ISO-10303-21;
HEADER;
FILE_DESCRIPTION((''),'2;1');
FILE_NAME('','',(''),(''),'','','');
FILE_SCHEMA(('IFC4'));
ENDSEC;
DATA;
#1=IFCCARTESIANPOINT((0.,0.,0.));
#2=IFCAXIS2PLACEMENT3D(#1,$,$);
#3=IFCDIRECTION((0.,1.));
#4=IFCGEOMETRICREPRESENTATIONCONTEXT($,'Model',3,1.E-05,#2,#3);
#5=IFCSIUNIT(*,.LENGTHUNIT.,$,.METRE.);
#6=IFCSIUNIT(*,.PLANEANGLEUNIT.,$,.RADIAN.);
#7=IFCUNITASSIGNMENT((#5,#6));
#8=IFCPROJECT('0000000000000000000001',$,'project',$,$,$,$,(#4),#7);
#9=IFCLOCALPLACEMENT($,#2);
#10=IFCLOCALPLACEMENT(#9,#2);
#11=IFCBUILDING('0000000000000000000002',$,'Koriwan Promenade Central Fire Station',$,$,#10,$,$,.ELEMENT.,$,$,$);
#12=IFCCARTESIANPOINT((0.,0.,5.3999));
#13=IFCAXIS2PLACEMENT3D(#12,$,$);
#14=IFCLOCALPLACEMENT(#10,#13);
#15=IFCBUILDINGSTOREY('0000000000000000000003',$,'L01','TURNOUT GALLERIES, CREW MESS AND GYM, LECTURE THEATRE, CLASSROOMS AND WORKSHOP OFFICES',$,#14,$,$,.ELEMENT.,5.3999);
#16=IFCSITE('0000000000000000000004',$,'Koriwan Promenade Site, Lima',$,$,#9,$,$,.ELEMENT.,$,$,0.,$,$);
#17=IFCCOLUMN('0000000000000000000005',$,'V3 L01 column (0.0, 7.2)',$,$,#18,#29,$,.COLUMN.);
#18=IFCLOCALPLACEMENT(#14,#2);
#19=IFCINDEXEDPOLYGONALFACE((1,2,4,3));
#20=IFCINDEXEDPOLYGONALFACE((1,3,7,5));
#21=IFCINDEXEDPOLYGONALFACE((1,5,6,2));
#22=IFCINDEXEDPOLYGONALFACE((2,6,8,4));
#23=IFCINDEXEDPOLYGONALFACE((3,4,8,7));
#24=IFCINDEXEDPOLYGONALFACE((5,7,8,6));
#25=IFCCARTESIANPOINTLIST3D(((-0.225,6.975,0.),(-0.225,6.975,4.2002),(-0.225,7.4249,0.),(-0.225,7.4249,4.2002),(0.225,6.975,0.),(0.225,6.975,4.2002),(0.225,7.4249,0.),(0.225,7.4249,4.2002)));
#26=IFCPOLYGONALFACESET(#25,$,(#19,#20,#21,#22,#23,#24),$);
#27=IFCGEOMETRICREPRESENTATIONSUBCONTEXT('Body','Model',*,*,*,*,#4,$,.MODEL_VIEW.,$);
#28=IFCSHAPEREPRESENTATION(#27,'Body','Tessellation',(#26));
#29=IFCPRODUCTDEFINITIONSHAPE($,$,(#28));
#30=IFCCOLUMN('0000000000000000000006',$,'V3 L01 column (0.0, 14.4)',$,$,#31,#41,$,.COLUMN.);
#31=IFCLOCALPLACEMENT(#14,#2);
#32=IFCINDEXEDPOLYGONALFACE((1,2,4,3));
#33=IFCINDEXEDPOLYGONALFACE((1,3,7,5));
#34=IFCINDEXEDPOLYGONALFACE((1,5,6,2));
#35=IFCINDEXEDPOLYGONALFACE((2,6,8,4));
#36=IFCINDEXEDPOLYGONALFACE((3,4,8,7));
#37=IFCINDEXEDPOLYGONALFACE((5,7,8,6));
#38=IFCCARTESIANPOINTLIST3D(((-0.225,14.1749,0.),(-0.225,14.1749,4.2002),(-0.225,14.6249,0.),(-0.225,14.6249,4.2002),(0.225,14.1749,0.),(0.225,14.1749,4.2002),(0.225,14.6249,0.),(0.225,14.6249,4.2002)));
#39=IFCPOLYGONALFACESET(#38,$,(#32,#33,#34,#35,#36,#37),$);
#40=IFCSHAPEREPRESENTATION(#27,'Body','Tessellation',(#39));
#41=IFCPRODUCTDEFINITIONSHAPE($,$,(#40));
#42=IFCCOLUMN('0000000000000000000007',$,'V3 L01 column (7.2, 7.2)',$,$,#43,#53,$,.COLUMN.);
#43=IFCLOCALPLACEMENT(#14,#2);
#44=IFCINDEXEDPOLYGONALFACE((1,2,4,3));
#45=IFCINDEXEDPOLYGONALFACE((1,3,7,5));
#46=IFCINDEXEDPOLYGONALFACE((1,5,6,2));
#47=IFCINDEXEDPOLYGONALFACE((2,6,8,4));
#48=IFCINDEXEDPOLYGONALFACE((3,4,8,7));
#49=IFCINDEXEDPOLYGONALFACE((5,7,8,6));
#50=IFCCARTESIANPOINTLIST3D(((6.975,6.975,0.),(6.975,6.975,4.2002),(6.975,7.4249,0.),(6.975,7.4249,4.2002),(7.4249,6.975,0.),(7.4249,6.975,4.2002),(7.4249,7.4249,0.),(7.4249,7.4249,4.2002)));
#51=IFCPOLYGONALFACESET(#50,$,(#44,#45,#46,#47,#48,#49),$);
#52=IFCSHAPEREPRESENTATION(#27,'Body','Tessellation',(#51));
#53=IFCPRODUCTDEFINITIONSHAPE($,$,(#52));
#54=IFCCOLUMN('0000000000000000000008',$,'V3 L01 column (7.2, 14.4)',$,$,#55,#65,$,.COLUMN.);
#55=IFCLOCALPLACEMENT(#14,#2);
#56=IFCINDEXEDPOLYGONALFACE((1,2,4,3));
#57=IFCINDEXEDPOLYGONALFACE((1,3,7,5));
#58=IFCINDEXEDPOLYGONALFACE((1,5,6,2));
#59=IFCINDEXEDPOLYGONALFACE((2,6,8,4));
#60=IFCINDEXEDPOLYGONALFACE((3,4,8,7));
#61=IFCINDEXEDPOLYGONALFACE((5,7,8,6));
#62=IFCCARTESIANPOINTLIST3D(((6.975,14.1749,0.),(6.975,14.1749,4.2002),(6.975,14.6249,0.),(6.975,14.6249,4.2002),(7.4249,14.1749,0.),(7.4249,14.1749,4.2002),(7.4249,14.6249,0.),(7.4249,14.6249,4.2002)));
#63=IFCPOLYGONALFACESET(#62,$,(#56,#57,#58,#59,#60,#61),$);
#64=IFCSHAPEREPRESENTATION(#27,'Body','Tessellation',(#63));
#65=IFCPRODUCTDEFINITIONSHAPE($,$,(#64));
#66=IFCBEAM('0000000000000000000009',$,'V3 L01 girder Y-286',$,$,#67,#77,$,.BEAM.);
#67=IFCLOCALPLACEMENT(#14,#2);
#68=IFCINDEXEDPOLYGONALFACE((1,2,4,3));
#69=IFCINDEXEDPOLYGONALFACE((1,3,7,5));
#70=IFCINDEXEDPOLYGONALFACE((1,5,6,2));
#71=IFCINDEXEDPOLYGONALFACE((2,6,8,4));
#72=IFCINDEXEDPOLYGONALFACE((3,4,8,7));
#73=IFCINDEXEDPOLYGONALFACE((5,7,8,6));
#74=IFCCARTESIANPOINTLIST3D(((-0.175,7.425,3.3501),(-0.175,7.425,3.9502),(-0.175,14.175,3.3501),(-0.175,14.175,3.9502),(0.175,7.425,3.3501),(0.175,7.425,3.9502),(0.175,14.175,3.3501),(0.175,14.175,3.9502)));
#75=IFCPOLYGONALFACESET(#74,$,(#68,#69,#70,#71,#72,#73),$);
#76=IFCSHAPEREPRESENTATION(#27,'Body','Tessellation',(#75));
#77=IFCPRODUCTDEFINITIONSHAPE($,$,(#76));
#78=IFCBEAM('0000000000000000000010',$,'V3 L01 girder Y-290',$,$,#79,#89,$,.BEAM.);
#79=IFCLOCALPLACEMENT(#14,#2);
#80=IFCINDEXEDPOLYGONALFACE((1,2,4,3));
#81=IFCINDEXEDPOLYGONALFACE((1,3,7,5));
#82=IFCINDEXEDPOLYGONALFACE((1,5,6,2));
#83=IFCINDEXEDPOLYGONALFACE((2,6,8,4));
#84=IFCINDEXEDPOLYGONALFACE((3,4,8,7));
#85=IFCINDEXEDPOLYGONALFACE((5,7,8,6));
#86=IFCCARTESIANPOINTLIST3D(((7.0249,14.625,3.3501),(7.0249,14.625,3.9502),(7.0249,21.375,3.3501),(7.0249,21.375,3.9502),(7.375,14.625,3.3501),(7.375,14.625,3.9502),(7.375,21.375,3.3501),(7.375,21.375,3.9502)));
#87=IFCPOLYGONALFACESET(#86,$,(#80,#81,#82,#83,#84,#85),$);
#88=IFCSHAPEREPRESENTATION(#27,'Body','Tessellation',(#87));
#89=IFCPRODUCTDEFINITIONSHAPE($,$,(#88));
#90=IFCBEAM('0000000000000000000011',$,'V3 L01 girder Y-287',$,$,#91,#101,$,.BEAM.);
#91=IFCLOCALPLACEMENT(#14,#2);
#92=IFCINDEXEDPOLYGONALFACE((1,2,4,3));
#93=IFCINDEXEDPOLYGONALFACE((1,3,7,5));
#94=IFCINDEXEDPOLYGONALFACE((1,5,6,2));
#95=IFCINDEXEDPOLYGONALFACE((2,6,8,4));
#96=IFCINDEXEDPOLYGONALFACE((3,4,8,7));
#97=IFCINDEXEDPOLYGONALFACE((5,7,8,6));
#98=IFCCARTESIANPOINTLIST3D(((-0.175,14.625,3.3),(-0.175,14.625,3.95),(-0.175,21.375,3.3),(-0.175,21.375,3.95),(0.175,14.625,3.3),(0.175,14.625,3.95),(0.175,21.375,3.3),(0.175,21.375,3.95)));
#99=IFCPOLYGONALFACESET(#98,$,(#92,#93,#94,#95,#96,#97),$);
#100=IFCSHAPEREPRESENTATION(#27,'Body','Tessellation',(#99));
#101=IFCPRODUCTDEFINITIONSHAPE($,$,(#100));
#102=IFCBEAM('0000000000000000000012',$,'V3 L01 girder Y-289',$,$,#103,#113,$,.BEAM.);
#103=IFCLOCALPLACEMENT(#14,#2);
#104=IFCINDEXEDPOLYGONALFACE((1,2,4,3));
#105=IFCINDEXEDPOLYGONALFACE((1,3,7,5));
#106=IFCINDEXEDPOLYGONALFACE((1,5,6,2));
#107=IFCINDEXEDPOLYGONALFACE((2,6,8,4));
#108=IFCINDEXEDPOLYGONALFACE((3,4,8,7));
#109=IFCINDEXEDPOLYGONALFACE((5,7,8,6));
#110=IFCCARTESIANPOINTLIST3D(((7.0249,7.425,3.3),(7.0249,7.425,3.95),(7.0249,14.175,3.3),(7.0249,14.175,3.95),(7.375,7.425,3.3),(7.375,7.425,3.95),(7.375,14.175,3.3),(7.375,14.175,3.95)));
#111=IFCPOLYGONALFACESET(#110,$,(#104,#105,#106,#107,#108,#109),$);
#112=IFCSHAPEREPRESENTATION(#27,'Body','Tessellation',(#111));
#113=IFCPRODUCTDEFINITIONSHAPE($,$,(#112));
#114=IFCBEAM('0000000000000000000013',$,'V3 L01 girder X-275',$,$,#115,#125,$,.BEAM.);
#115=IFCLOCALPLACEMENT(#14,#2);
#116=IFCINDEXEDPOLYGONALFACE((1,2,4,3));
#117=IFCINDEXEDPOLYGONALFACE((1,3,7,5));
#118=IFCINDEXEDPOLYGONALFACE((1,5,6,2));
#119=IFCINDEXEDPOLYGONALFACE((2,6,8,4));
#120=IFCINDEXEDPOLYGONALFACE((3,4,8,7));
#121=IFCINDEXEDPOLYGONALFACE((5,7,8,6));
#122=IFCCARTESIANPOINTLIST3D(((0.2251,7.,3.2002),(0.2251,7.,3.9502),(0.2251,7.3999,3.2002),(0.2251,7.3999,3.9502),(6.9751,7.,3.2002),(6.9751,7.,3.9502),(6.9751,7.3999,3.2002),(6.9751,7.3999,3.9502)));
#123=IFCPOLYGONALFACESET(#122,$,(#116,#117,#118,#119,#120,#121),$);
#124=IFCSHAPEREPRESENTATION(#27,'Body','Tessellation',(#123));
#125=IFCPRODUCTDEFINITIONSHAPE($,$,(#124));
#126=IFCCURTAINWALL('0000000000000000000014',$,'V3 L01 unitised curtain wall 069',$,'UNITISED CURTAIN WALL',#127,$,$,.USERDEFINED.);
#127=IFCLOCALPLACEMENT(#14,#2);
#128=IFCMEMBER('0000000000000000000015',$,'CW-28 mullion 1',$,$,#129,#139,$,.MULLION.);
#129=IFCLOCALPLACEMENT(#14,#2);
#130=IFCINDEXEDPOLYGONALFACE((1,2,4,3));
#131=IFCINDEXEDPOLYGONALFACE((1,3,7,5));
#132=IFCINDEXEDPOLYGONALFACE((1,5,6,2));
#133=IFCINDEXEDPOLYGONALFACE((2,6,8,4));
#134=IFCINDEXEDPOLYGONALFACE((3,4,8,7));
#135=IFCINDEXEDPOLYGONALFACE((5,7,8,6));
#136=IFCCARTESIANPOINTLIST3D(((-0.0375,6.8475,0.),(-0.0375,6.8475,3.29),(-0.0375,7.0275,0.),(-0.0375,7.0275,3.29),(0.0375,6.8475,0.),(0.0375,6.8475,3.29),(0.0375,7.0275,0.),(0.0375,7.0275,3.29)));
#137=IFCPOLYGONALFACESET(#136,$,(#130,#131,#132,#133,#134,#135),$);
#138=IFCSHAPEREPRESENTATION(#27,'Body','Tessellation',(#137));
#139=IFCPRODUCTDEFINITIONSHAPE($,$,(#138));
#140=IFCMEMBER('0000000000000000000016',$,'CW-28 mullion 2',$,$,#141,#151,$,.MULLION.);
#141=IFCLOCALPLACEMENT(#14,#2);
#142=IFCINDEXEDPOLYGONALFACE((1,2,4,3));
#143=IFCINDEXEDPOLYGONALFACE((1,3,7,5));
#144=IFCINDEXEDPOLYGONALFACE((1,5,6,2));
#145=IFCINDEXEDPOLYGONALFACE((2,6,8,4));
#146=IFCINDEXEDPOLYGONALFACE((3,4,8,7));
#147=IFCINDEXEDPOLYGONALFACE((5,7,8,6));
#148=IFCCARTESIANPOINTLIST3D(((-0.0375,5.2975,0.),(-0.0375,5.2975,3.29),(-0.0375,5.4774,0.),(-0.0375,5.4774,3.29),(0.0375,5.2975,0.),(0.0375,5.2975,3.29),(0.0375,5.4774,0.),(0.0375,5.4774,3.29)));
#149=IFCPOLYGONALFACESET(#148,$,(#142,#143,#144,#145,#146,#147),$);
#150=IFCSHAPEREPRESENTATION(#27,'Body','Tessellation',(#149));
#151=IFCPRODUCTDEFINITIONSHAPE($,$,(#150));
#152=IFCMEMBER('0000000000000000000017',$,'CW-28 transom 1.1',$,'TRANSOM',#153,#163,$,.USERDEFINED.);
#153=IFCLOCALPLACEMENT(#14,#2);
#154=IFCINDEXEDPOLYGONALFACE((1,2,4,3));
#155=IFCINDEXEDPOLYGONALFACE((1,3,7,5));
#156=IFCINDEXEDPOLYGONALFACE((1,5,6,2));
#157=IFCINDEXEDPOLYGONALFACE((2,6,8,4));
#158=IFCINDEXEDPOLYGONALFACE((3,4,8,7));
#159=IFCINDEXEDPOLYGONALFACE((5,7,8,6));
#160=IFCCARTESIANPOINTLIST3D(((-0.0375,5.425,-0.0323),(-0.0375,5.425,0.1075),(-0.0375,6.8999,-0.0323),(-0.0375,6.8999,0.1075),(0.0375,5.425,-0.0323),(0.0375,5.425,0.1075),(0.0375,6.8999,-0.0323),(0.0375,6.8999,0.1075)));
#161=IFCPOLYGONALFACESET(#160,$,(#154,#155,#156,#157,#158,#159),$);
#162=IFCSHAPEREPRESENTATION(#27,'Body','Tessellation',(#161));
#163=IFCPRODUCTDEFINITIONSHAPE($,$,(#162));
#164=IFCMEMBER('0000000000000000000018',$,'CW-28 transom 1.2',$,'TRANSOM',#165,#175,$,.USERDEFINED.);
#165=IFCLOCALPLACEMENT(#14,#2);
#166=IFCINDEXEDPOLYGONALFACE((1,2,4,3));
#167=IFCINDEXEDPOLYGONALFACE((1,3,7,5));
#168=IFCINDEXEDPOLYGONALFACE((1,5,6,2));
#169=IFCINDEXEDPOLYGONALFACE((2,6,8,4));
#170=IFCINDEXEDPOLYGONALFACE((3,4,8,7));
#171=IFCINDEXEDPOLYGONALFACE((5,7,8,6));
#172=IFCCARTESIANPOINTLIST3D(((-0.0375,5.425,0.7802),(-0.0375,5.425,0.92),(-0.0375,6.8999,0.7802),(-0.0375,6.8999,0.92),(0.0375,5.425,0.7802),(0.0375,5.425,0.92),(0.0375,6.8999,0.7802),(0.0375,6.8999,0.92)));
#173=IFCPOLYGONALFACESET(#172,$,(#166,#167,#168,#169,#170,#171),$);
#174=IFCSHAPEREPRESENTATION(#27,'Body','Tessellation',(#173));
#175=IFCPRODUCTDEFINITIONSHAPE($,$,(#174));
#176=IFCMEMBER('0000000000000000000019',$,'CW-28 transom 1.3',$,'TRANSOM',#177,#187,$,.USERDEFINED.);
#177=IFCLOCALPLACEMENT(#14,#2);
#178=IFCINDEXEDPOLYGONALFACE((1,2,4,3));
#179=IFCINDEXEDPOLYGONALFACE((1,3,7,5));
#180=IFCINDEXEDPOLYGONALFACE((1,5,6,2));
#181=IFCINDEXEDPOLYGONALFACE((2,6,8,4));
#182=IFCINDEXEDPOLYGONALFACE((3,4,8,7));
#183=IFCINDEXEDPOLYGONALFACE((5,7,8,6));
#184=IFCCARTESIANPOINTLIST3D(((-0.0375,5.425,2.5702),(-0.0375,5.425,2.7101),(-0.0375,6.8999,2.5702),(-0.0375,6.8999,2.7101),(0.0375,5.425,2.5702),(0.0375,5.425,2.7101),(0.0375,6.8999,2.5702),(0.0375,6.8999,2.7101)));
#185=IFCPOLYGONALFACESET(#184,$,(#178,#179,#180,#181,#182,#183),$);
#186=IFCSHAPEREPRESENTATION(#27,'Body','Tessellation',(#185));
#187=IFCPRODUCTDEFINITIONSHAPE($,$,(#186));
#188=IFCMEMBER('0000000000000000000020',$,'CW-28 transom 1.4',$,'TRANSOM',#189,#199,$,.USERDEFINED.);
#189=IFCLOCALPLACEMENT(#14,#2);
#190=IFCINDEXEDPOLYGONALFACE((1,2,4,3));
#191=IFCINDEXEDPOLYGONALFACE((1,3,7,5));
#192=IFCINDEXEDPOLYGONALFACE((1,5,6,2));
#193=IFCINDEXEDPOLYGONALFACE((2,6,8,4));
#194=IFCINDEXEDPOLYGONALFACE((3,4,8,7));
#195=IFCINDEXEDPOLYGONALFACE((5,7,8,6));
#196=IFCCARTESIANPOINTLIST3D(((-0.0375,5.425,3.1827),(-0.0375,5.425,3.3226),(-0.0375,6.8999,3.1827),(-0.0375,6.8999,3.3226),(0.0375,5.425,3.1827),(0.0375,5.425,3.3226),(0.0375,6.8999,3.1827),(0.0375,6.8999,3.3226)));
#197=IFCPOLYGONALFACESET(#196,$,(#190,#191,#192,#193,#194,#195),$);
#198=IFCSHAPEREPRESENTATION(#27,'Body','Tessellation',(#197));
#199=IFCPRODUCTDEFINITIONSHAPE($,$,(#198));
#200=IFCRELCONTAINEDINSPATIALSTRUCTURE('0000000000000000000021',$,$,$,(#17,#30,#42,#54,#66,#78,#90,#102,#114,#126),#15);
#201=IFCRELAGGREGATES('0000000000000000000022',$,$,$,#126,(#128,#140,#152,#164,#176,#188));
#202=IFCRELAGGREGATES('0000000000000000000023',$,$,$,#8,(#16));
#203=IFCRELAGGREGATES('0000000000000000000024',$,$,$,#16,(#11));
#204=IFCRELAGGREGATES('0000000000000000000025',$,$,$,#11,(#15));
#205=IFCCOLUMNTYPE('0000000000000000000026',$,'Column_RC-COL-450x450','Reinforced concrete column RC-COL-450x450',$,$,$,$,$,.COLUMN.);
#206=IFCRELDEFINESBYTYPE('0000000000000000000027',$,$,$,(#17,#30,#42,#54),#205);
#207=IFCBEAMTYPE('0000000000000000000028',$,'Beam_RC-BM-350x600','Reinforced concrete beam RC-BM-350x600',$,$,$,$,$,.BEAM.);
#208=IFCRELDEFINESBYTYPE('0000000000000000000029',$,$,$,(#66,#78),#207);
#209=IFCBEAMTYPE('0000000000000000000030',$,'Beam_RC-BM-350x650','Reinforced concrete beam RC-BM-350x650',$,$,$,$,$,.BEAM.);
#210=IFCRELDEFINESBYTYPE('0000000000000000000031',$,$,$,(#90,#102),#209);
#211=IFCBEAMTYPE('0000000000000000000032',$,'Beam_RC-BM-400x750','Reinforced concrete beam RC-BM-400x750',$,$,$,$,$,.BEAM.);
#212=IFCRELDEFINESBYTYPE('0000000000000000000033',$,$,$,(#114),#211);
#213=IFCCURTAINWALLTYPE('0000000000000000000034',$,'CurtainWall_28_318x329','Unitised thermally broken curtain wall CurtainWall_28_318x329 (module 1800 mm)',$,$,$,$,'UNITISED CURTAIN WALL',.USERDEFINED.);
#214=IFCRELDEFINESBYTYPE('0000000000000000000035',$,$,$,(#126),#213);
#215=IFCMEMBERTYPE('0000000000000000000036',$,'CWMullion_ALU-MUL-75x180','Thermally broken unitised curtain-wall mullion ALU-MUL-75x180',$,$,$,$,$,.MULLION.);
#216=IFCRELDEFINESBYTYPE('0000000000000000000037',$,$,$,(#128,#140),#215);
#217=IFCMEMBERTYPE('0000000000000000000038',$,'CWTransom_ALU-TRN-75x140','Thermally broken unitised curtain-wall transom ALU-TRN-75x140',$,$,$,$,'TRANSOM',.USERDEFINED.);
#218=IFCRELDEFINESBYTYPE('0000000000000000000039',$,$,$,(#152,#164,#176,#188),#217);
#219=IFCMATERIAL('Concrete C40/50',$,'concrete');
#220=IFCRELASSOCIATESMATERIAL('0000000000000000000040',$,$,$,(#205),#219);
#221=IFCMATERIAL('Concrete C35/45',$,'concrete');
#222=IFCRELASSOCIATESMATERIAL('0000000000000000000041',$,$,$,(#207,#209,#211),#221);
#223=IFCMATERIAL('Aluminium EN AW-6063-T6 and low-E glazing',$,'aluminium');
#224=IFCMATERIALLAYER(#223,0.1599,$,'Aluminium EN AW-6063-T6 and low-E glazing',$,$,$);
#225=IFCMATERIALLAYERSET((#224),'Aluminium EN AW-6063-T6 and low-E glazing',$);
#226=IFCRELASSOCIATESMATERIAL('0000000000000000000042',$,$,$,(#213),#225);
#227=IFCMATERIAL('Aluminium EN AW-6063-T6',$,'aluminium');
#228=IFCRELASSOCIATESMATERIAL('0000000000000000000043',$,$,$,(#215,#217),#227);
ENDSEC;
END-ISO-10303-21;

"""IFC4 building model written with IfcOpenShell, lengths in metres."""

from ifc_helpers import new_model, si_unit, direction, frame, origin, origin_2d, place, context, subcontext, project, spatial, rectangle, extrude, material, layer, layer_set, material_profile, profile_set, type_object, element, aggregate, save


model = new_model("IFC4")

# Units and contexts
model_context = context("Model", 3, precision=1e-05, world=origin(), true_north=direction((0.0, 1.0)))
body_context = subcontext(model_context, "Body", "Model", "MODEL_VIEW")
ifc_project = project(units=[si_unit("LENGTHUNIT", "METRE"), si_unit("PLANEANGLEUNIT", "RADIAN")], contexts=[model_context])

# Site, building, storey
site_placement = place(None, origin())
site = spatial("IfcSite", under=ifc_project, at=site_placement, Name="Koriwan Promenade Site, Lima", CompositionType="ELEMENT", RefElevation=0.0)
building_placement = place(site_placement, origin())
building = spatial("IfcBuilding", under=site, at=building_placement, Name="Koriwan Promenade Central Fire Station", CompositionType="ELEMENT")
storey_placement = place(building_placement, frame((0.0, 0.0, 5.3999)))
storey = spatial("IfcBuildingStorey", under=building, at=storey_placement, Name="L01", Description="TURNOUT GALLERIES, CREW MESS AND GYM, LECTURE THEATRE, CLASSROOMS AND WORKSHOP OFFICES", CompositionType="ELEMENT", Elevation=5.3999)

# Columns
ifc_material_1 = material(Name="Concrete C40/50", Category="concrete")
ifc_material_profile_1 = material_profile(ifc_material_1, rectangle(XDim=0.45, YDim=0.45, at=origin_2d()), Name="RC-COL-450x450")
ifc_profile_set_1 = profile_set([ifc_material_profile_1], Name="Concrete C40/50")
column_type = type_object("IfcColumnType", Name="Column_RC-COL-450x450", Description="Reinforced concrete column RC-COL-450x450", PredefinedType="COLUMN", material=ifc_profile_set_1)
for number, where, z_axis, x_axis, name in (
    (1, (0.0, 7.2, 0.0), (0.0, 0.0, 1.0), (1.0, 0.0, 0.0), "V3 L01 column (0.0, 7.2)"),
    (2, (0.0, 14.3999, 0.0), (0.0, 0.0, 1.0), (1.0, 0.0, 0.0), "V3 L01 column (0.0, 14.4)"),
    (3, (7.2, 7.2, 0.0), (0.0, 0.0, 1.0), (1.0, 0.0, 0.0), "V3 L01 column (7.2, 7.2)"),
    (4, (7.2, 14.3999, 0.0), (0.0, 0.0, 1.0), (1.0, 0.0, 0.0), "V3 L01 column (7.2, 14.4)"),
):
    element("IfcColumn", number, at=place(storey_placement, frame(where, z_axis=z_axis, x_axis=x_axis)), inside=storey, type_object=column_type, Name=name, PredefinedType="COLUMN", context=body_context, shape_type="SweptSolid", body=[
        extrude(rectangle(XDim=0.45, YDim=0.45, at=origin_2d()), origin(), (0.0, 0.0, 1.0), 4.2002),
    ])

# Beams
ifc_material_2 = material(Name="Concrete C35/45", Category="concrete")
ifc_material_profile_2 = material_profile(ifc_material_2, rectangle(XDim=0.3501, YDim=0.6001, at=origin_2d()), Name="RC-BM-350x600")
ifc_profile_set_2 = profile_set([ifc_material_profile_2], Name="Concrete C35/45")
beam_type_1 = type_object("IfcBeamType", Name="Beam_RC-BM-350x600", Description="Reinforced concrete beam RC-BM-350x600", PredefinedType="BEAM", material=ifc_profile_set_2)
for number, where, z_axis, x_axis, name in (
    (5, (0.0, 7.425, 3.6501), (0.0, 1.0, 0.0), (-1.0, 0.0, 0.0), "V3 L01 girder Y-286"),
    (6, (7.2, 14.625, 3.6501), (0.0, 1.0, 0.0), (-1.0, 0.0, 0.0), "V3 L01 girder Y-290"),
):
    element("IfcBeam", number, at=place(storey_placement, frame(where, z_axis=z_axis, x_axis=x_axis)), inside=storey, type_object=beam_type_1, Name=name, PredefinedType="BEAM", context=body_context, shape_type="SweptSolid", body=[
        extrude(rectangle(XDim=0.3501, YDim=0.6001, at=origin_2d()), origin(), (0.0, 0.0, 1.0), 6.75),
    ])
ifc_material_profile_3 = material_profile(ifc_material_2, rectangle(XDim=0.3501, YDim=0.6499, at=origin_2d()), Name="RC-BM-350x650")
ifc_profile_set_3 = profile_set([ifc_material_profile_3], Name="Concrete C35/45")
beam_type_2 = type_object("IfcBeamType", Name="Beam_RC-BM-350x650", Description="Reinforced concrete beam RC-BM-350x650", PredefinedType="BEAM", material=ifc_profile_set_3)
for number, where, z_axis, x_axis, name in (
    (7, (0.0, 14.625, 3.625), (0.0, 1.0, 0.0), (-1.0, 0.0, 0.0), "V3 L01 girder Y-287"),
    (8, (7.2, 7.425, 3.625), (0.0, 1.0, 0.0), (-1.0, 0.0, 0.0), "V3 L01 girder Y-289"),
):
    element("IfcBeam", number, at=place(storey_placement, frame(where, z_axis=z_axis, x_axis=x_axis)), inside=storey, type_object=beam_type_2, Name=name, PredefinedType="BEAM", context=body_context, shape_type="SweptSolid", body=[
        extrude(rectangle(XDim=0.3501, YDim=0.6499, at=origin_2d()), origin(), (0.0, 0.0, 1.0), 6.75),
    ])
ifc_material_profile_4 = material_profile(ifc_material_2, rectangle(XDim=0.3999, YDim=0.75, at=origin_2d()), Name="RC-BM-400x750")
ifc_profile_set_4 = profile_set([ifc_material_profile_4], Name="Concrete C35/45")
beam_type_3 = type_object("IfcBeamType", Name="Beam_RC-BM-400x750", Description="Reinforced concrete beam RC-BM-400x750", PredefinedType="BEAM", material=ifc_profile_set_4)
beam_placement = place(storey_placement, frame((0.2251, 7.2, 3.5752), z_axis=(1.0, 0.0, 0.0), x_axis=(0.0, 1.0, 0.0)))
element("IfcBeam", 9, at=beam_placement, inside=storey, type_object=beam_type_3, Name="V3 L01 girder X-275", PredefinedType="BEAM", context=body_context, shape_type="SweptSolid", body=[
    extrude(rectangle(XDim=0.3999, YDim=0.75, at=origin_2d()), origin(), (0.0, 0.0, 1.0), 6.75),
])

# Curtain wall, members
ifc_material_3 = material(Name="Aluminium EN AW-6063-T6 and low-E glazing", Category="aluminium")
ifc_layer_1 = layer(ifc_material_3, 0.1599, Name="Aluminium EN AW-6063-T6 and low-E glazing")
ifc_layer_set_1 = layer_set([ifc_layer_1], Name="Aluminium EN AW-6063-T6 and low-E glazing")
curtain_wall_type = type_object("IfcCurtainWallType", Name="CurtainWall_28_318x329", Description="Unitised thermally broken curtain wall CurtainWall_28_318x329 (module 1800 mm)", ElementType="UNITISED CURTAIN WALL", PredefinedType="USERDEFINED", material=ifc_layer_set_1)
curtain_wall_placement = place(storey_placement, origin())
curtain_wall = element("IfcCurtainWall", 10, at=curtain_wall_placement, inside=storey, type_object=curtain_wall_type, Name="V3 L01 unitised curtain wall 069", ObjectType="UNITISED CURTAIN WALL", PredefinedType="USERDEFINED")
ifc_material_4 = material(Name="Aluminium EN AW-6063-T6", Category="aluminium")
ifc_material_profile_5 = material_profile(ifc_material_4, rectangle(XDim=0.075, YDim=0.1799, at=origin_2d()), Name="ALU-MUL-75x180")
ifc_profile_set_5 = profile_set([ifc_material_profile_5], Name="Aluminium EN AW-6063-T6")
member_type_1 = type_object("IfcMemberType", Name="CWMullion_ALU-MUL-75x180", Description="Thermally broken unitised curtain-wall mullion ALU-MUL-75x180", PredefinedType="MULLION", material=ifc_profile_set_5)
member_1_placement = place(storey_placement, frame((0.0, 6.9375, 0.0), z_axis=(0.0, 0.0, 1.0), x_axis=(1.0, 0.0, 0.0)))
member_1 = element("IfcMember", 11, at=member_1_placement, type_object=member_type_1, Name="CW-28 mullion 1", PredefinedType="MULLION", context=body_context, shape_type="SweptSolid", body=[
    extrude(rectangle(XDim=0.075, YDim=0.1799, at=origin_2d()), origin(), (0.0, 0.0, 1.0), 3.29),
])
member_2_placement = place(storey_placement, frame((0.0, 5.3875, 0.0), z_axis=(0.0, 0.0, 1.0), x_axis=(1.0, 0.0, 0.0)))
member_2 = element("IfcMember", 12, at=member_2_placement, type_object=member_type_1, Name="CW-28 mullion 2", PredefinedType="MULLION", context=body_context, shape_type="SweptSolid", body=[
    extrude(rectangle(XDim=0.075, YDim=0.1799, at=origin_2d()), origin(), (0.0, 0.0, 1.0), 3.29),
])
ifc_material_profile_6 = material_profile(ifc_material_4, rectangle(XDim=0.075, YDim=0.1399, at=origin_2d()), Name="ALU-TRN-75x140")
ifc_profile_set_6 = profile_set([ifc_material_profile_6], Name="Aluminium EN AW-6063-T6")
member_type_2 = type_object("IfcMemberType", Name="CWTransom_ALU-TRN-75x140", Description="Thermally broken unitised curtain-wall transom ALU-TRN-75x140", ElementType="TRANSOM", PredefinedType="USERDEFINED", material=ifc_profile_set_6)
member_3_placement = place(storey_placement, frame((0.0, 6.8999, 0.0376), z_axis=(0.0, -1.0, 0.0), x_axis=(1.0, 0.0, 0.0)))
member_3 = element("IfcMember", 13, at=member_3_placement, type_object=member_type_2, Name="CW-28 transom 1.1", ObjectType="TRANSOM", PredefinedType="USERDEFINED", context=body_context, shape_type="SweptSolid", body=[
    extrude(rectangle(XDim=0.075, YDim=0.1399, at=origin_2d()), origin(), (0.0, 0.0, 1.0), 1.4749),
])
member_4_placement = place(storey_placement, frame((0.0, 6.8999, 0.8501), z_axis=(0.0, -1.0, 0.0), x_axis=(1.0, 0.0, 0.0)))
member_4 = element("IfcMember", 14, at=member_4_placement, type_object=member_type_2, Name="CW-28 transom 1.2", ObjectType="TRANSOM", PredefinedType="USERDEFINED", context=body_context, shape_type="SweptSolid", body=[
    extrude(rectangle(XDim=0.075, YDim=0.1399, at=origin_2d()), origin(), (0.0, 0.0, 1.0), 1.4749),
])
member_5_placement = place(storey_placement, frame((0.0, 6.8999, 2.6401), z_axis=(0.0, -1.0, 0.0), x_axis=(1.0, 0.0, 0.0)))
member_5 = element("IfcMember", 15, at=member_5_placement, type_object=member_type_2, Name="CW-28 transom 1.3", ObjectType="TRANSOM", PredefinedType="USERDEFINED", context=body_context, shape_type="SweptSolid", body=[
    extrude(rectangle(XDim=0.075, YDim=0.1399, at=origin_2d()), origin(), (0.0, 0.0, 1.0), 1.4749),
])
member_6_placement = place(storey_placement, frame((0.0, 6.8999, 3.2527), z_axis=(0.0, -1.0, 0.0), x_axis=(1.0, 0.0, 0.0)))
member_6 = element("IfcMember", 16, at=member_6_placement, type_object=member_type_2, Name="CW-28 transom 1.4", ObjectType="TRANSOM", PredefinedType="USERDEFINED", context=body_context, shape_type="SweptSolid", body=[
    extrude(rectangle(XDim=0.075, YDim=0.1399, at=origin_2d()), origin(), (0.0, 0.0, 1.0), 1.4749),
])
aggregate(curtain_wall, [member_1, member_2, member_3, member_4, member_5, member_6])

save(model, "model.ifc")
